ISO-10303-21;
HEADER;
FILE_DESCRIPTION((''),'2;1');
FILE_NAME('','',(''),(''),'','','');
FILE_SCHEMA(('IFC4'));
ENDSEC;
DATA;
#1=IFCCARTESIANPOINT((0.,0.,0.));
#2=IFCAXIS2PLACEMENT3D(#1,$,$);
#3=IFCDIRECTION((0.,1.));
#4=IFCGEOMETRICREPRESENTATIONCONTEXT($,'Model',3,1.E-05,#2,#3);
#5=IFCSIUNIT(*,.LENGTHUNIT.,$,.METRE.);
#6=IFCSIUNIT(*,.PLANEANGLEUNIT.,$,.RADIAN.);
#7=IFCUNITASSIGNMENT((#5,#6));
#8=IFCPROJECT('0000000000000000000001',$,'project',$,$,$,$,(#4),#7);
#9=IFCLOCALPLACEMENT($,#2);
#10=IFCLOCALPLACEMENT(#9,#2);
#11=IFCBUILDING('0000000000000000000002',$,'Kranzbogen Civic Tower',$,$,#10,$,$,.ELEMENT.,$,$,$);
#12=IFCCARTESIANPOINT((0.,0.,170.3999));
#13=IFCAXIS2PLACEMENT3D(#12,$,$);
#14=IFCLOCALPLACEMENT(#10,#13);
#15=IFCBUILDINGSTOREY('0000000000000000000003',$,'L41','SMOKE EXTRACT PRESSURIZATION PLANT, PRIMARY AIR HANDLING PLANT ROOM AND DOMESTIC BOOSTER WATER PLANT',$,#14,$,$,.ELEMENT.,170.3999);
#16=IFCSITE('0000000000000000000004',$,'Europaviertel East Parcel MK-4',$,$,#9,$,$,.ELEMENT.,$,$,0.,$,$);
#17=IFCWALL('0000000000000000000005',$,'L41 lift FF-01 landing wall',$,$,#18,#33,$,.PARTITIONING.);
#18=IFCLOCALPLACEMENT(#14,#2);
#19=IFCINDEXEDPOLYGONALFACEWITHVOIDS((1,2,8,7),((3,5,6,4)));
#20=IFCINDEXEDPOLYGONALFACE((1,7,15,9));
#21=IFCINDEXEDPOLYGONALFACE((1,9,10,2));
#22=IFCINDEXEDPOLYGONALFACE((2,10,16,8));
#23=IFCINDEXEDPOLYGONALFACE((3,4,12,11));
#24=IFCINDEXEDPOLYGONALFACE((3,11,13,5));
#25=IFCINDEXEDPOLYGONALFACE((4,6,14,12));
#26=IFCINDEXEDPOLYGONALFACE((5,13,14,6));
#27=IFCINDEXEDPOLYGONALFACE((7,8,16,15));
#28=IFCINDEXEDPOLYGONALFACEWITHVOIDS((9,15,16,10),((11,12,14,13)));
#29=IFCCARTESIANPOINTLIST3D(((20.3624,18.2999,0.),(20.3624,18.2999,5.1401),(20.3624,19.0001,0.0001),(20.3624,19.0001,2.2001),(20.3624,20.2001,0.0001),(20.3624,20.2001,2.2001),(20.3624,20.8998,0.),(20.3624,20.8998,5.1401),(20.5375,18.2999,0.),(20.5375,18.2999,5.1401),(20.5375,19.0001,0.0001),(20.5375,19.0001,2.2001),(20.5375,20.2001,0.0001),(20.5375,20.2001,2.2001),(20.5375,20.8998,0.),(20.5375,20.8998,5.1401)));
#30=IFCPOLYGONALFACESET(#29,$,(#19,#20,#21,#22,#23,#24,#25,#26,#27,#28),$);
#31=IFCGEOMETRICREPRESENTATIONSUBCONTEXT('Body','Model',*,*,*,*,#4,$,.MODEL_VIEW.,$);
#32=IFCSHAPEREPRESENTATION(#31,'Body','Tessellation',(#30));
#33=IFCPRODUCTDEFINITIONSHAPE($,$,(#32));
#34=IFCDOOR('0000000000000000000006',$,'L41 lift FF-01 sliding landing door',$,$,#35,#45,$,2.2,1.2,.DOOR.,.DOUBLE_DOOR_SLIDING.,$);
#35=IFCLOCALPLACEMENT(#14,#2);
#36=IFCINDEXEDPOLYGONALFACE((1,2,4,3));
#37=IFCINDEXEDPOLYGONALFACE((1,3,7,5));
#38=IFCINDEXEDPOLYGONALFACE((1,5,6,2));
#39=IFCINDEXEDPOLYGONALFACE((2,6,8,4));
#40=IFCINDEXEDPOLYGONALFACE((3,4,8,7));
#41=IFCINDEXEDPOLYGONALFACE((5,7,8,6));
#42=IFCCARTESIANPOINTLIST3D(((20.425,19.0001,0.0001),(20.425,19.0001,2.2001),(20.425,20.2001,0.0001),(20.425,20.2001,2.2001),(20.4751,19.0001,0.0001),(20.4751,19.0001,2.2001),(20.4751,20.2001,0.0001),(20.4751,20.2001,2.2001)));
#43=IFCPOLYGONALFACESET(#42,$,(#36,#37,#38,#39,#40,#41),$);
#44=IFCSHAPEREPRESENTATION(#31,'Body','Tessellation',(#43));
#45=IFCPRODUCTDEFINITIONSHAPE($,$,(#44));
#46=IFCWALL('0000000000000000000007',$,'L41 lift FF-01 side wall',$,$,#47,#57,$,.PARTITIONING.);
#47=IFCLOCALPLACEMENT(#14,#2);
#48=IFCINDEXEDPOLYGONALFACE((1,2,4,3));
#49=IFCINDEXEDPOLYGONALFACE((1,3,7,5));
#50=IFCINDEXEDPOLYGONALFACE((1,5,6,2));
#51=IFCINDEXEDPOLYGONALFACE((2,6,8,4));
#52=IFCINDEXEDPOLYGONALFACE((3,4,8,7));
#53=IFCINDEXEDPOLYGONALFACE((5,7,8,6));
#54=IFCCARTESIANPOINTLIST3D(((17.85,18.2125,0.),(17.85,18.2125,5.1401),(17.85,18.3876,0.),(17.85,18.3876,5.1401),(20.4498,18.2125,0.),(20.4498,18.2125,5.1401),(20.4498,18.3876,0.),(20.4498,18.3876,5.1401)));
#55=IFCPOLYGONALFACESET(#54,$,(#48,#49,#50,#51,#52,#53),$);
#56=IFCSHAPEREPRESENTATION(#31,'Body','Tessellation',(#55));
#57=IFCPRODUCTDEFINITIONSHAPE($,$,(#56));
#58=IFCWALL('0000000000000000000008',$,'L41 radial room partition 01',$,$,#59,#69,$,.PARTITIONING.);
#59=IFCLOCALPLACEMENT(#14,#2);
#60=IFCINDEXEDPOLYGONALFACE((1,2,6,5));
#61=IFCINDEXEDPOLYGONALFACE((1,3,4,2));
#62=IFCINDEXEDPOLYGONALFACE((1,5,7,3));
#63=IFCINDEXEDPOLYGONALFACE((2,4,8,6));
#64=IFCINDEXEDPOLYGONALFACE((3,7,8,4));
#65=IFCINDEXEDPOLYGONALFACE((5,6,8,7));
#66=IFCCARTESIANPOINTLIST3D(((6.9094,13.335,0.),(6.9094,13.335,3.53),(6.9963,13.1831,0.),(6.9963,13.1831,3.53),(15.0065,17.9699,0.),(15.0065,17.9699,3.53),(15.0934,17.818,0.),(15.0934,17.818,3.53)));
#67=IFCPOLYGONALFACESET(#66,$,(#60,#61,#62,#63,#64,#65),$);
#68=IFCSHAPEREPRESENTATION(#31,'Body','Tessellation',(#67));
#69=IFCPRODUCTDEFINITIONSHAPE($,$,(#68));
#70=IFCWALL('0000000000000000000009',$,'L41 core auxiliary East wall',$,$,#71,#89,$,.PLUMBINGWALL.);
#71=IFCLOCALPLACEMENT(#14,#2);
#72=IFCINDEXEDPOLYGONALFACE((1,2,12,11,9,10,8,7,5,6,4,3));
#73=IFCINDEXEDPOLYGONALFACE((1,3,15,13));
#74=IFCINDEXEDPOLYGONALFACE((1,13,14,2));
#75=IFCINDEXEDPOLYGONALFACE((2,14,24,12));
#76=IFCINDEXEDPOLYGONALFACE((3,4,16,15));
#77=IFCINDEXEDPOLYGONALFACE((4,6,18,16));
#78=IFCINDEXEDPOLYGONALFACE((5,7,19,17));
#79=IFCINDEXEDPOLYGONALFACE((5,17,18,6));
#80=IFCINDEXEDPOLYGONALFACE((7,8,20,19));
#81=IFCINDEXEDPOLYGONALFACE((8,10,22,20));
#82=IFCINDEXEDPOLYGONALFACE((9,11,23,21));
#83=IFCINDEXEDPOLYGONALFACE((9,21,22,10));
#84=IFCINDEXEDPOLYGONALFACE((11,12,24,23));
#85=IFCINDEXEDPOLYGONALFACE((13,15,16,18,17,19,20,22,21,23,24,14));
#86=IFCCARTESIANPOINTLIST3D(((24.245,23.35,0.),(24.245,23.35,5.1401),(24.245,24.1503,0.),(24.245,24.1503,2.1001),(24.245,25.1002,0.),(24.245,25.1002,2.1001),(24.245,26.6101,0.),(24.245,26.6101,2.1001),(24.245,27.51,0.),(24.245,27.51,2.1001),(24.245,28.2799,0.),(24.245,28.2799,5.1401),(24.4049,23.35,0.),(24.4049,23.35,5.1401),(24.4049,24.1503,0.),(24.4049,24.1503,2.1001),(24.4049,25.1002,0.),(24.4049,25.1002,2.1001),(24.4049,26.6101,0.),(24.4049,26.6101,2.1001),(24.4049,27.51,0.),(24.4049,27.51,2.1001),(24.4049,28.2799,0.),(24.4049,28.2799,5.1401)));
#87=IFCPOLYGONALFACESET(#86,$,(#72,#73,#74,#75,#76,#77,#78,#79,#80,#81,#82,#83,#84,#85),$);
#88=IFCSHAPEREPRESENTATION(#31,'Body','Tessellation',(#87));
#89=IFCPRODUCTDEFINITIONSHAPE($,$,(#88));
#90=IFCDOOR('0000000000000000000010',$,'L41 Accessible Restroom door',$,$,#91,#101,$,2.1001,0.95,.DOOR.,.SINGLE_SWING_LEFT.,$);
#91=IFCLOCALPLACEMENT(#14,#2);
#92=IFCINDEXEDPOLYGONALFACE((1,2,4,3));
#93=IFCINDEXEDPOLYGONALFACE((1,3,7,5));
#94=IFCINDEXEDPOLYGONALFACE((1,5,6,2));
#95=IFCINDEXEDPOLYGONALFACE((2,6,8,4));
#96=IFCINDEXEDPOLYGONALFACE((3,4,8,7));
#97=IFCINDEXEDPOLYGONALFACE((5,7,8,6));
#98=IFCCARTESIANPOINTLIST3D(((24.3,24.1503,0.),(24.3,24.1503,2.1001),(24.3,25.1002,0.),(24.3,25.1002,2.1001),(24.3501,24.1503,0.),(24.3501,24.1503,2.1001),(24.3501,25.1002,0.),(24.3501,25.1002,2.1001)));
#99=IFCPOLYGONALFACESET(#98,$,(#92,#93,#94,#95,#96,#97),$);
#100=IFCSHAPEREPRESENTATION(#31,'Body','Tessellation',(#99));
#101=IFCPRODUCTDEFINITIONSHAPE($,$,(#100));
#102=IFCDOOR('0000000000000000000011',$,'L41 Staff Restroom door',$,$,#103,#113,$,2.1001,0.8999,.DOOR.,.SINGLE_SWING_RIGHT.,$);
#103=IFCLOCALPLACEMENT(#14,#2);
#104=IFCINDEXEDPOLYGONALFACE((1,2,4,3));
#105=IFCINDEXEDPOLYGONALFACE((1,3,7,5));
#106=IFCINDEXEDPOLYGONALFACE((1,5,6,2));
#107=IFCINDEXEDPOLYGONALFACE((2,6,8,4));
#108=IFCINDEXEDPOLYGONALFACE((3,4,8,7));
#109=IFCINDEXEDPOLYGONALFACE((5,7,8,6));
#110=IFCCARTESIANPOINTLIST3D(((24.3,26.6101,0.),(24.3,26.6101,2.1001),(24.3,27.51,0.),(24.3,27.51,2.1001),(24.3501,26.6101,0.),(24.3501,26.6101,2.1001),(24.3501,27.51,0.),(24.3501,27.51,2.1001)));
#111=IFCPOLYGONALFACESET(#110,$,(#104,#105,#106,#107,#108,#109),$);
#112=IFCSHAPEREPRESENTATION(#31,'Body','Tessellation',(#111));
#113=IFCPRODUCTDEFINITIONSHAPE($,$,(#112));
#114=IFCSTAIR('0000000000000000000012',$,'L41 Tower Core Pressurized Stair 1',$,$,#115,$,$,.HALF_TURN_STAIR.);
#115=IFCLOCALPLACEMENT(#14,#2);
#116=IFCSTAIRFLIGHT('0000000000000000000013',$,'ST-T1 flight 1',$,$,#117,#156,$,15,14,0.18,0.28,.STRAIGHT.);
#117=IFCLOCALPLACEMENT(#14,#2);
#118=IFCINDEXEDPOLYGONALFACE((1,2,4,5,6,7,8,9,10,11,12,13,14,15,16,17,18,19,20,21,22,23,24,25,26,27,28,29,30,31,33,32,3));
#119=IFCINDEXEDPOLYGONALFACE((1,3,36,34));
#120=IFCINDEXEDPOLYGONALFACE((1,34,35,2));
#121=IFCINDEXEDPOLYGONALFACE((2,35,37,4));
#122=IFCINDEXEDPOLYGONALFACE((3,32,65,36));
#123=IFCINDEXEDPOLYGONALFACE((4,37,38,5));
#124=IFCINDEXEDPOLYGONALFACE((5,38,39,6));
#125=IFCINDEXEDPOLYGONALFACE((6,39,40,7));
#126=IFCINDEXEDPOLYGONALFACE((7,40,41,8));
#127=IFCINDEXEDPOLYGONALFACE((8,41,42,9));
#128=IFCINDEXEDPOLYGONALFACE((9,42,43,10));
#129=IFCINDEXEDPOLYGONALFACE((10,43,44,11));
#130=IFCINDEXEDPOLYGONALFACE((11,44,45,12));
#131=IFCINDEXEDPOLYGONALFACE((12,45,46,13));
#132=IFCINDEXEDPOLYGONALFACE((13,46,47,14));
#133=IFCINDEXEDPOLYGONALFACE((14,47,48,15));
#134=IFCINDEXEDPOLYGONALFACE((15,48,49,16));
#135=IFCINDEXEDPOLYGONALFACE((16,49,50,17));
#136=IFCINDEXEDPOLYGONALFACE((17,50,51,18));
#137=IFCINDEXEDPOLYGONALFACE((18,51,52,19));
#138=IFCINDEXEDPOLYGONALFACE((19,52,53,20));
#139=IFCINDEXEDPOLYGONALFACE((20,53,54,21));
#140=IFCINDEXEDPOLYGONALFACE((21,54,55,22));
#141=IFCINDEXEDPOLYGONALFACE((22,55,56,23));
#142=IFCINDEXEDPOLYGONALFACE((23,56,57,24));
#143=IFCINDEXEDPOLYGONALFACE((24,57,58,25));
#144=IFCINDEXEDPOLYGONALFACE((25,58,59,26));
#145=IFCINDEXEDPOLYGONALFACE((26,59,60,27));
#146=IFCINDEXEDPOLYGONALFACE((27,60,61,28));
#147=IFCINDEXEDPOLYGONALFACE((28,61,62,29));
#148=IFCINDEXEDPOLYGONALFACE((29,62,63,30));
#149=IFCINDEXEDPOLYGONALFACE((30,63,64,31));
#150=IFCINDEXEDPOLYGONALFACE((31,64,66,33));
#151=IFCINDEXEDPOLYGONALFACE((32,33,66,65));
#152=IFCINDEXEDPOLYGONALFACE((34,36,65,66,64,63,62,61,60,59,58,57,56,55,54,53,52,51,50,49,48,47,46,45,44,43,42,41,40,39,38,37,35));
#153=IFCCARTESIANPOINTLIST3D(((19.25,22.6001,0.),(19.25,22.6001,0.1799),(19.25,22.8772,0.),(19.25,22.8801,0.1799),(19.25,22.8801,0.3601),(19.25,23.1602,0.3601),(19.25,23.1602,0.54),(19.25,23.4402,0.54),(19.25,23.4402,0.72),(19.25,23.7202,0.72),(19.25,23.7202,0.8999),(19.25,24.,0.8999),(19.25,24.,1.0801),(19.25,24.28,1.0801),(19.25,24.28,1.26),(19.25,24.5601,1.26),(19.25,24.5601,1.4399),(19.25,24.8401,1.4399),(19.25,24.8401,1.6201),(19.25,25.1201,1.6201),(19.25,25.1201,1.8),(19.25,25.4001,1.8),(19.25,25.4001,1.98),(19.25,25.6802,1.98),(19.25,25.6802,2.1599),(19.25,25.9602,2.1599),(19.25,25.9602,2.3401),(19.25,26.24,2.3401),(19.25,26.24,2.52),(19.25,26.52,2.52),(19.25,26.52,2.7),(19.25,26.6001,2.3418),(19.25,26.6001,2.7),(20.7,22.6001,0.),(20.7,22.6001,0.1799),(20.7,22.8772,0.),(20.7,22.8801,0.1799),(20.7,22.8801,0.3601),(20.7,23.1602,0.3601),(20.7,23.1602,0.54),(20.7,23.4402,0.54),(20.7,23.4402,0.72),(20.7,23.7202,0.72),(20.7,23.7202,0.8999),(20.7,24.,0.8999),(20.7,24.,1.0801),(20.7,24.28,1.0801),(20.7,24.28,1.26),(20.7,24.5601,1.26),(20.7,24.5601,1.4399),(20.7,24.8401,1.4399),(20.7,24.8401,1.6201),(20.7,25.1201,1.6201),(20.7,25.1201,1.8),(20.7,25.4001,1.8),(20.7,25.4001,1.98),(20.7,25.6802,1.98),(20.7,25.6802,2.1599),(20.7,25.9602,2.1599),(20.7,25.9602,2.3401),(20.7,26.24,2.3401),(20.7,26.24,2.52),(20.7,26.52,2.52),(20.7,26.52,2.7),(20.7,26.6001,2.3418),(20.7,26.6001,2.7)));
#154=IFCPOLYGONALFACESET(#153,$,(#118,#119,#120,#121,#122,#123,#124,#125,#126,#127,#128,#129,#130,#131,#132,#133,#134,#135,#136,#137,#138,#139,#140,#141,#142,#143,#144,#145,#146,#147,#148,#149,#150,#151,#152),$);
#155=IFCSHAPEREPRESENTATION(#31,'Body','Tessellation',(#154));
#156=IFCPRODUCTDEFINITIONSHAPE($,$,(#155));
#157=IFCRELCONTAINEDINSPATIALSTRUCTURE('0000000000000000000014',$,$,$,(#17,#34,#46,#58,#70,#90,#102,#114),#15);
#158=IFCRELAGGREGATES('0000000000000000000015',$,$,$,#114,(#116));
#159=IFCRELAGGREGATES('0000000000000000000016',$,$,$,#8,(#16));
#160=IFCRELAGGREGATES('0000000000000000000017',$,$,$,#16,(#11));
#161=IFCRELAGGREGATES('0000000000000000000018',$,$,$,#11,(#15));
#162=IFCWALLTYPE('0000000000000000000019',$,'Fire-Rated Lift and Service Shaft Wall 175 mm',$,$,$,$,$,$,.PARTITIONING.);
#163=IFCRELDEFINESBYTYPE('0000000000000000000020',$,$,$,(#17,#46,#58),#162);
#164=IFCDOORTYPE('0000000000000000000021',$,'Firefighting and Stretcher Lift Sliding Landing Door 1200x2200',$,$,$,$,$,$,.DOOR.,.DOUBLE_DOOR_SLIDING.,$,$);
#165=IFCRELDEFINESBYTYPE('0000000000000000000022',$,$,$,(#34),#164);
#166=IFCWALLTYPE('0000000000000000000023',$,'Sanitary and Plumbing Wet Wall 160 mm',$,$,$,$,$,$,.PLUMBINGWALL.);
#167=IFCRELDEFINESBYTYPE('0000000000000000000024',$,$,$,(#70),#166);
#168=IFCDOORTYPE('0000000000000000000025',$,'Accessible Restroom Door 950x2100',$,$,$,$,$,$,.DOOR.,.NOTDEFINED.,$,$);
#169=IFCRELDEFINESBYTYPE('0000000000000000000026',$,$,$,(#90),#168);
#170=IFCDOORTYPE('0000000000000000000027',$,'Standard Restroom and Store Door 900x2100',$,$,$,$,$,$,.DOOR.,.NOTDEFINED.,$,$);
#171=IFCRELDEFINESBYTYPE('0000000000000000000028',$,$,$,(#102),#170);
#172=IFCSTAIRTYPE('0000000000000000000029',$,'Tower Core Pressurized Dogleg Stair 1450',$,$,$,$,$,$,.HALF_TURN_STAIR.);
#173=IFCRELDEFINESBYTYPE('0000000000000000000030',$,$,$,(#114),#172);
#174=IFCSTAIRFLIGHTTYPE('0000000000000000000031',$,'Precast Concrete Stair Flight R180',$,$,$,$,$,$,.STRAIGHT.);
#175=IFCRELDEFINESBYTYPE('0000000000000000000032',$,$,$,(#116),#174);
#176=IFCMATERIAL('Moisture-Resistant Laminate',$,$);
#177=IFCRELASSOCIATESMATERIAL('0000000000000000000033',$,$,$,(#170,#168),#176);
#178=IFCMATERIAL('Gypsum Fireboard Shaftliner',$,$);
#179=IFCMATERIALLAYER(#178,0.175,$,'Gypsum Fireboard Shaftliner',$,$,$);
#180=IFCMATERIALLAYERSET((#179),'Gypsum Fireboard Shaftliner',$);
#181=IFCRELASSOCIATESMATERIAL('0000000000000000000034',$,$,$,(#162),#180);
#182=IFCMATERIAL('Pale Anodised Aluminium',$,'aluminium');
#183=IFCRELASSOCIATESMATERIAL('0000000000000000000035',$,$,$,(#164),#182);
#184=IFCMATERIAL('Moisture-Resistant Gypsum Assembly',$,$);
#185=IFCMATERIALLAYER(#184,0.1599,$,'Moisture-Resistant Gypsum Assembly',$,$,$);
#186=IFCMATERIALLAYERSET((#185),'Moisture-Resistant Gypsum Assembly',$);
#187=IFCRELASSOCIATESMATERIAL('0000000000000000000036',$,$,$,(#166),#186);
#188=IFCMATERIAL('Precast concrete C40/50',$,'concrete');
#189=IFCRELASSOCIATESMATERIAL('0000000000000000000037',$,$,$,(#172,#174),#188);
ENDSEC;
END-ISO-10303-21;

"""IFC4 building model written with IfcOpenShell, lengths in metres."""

from ifc_helpers import new_model, si_unit, direction, frame, frame_2d, origin, place, context, subcontext, project, spatial, polyline, rectangle, outline, extrude, material, layer, layer_set, type_object, element, fill, aggregate, save


model = new_model("IFC4")

# Units and contexts
model_context = context("Model", 3, precision=1e-05, world=origin(), true_north=direction((0.0, 1.0)))
body_context = subcontext(model_context, "Body", "Model", "MODEL_VIEW")
ifc_project = project(units=[si_unit("LENGTHUNIT", "METRE"), si_unit("PLANEANGLEUNIT", "RADIAN")], contexts=[model_context])

# Site, building, storey
site_placement = place(None, origin())
site = spatial("IfcSite", under=ifc_project, at=site_placement, Name="Europaviertel East Parcel MK-4", CompositionType="ELEMENT", RefElevation=0.0)
building_placement = place(site_placement, origin())
building = spatial("IfcBuilding", under=site, at=building_placement, Name="Kranzbogen Civic Tower", CompositionType="ELEMENT")
storey_placement = place(building_placement, frame((0.0, 0.0, 170.3999)))
storey = spatial("IfcBuildingStorey", under=building, at=storey_placement, Name="L41", Description="SMOKE EXTRACT PRESSURIZATION PLANT, PRIMARY AIR HANDLING PLANT ROOM AND DOMESTIC BOOSTER WATER PLANT", CompositionType="ELEMENT", Elevation=170.3999)

# Shared definitions
ifc_material_1 = material(Name="Moisture-Resistant Laminate")
door_type_1 = type_object("IfcDoorType", Name="Standard Restroom and Store Door 900x2100", OperationType="NOTDEFINED", PredefinedType="DOOR", material=ifc_material_1)

# Wall, opening, door
ifc_material_2 = material(Name="Gypsum Fireboard Shaftliner")
ifc_layer_1 = layer(ifc_material_2, 0.175, Name="Gypsum Fireboard Shaftliner")
ifc_layer_set_1 = layer_set([ifc_layer_1], Name="Gypsum Fireboard Shaftliner")
wall_type_1 = type_object("IfcWallType", Name="Fire-Rated Lift and Service Shaft Wall 175 mm", PredefinedType="PARTITIONING", material=ifc_layer_set_1)
wall_1_placement = place(storey_placement, frame((20.45, 18.3, 0.0), z_axis=(0.0, 0.0, 1.0), x_axis=(0.0, 1.0, 0.0)))
wall_1 = element("IfcWall", 1, at=wall_1_placement, inside=storey, type_object=wall_type_1, Name="L41 lift FF-01 landing wall", PredefinedType="PARTITIONING", context=body_context, shape_type="SweptSolid", body=[
    extrude(rectangle(XDim=2.5999, YDim=0.175, at=frame_2d((1.2998, 0.0))), origin(), (0.0, 0.0, 1.0), 5.1401),
])
opening_1_placement = place(wall_1_placement, frame((0.7, 0.0, 0.0)))
opening_1 = element("IfcOpeningElement", 2, at=opening_1_placement, cuts=wall_1, PredefinedType="OPENING", context=body_context, shape_type="SweptSolid", body=[
    extrude(rectangle(XDim=1.2, YDim=2.2, at=frame_2d((0.6001, 1.1001))), frame((0.0, 0.0977, 0.0), z_axis=(0.0, -1.0, 0.0), x_axis=(1.0, 0.0, 0.0)), (0.0, 0.0, 1.0), 0.1951),
])
ifc_material_3 = material(Name="Pale Anodised Aluminium", Category="aluminium")
door_type_2 = type_object("IfcDoorType", Name="Firefighting and Stretcher Lift Sliding Landing Door 1200x2200", OperationType="DOUBLE_DOOR_SLIDING", PredefinedType="DOOR", material=ifc_material_3)
door_1_placement = place(opening_1_placement, origin())
door_1 = element("IfcDoor", 3, at=door_1_placement, inside=storey, type_object=door_type_2, Name="L41 lift FF-01 sliding landing door", OperationType="DOUBLE_DOOR_SLIDING", OverallHeight=2.2, OverallWidth=1.2, PredefinedType="DOOR", context=body_context, shape_type="SweptSolid", body=[
    extrude(rectangle(XDim=1.2, YDim=2.2, at=frame_2d((0.6001, 1.1001))), frame((0.0, 0.0249, 0.0), z_axis=(0.0, -1.0, 0.0), x_axis=(1.0, 0.0, 0.0)), (0.0, 0.0, 1.0), 0.05),
])
fill(opening_1, door_1)

# Walls
wall_2_placement = place(storey_placement, frame((17.8501, 18.3, 0.0), z_axis=(0.0, 0.0, 1.0), x_axis=(1.0, 0.0, 0.0)))
element("IfcWall", 4, at=wall_2_placement, inside=storey, type_object=wall_type_1, Name="L41 lift FF-01 side wall", PredefinedType="PARTITIONING", context=body_context, shape_type="SweptSolid", body=[
    extrude(rectangle(XDim=2.5999, YDim=0.175, at=frame_2d((1.2998, 0.0))), origin(), (0.0, 0.0, 1.0), 5.1401),
])
wall_3_placement = place(storey_placement, frame((15.05, 17.894, 0.0), z_axis=(0.0, 0.0, 1.0), x_axis=(-0.867871, -0.49679, 0.0)))
element("IfcWall", 5, at=wall_3_placement, inside=storey, type_object=wall_type_1, Name="L41 radial room partition 01", PredefinedType="PARTITIONING", context=body_context, shape_type="SweptSolid", body=[
    extrude(rectangle(XDim=9.3298, YDim=0.175, at=frame_2d((4.665, 0.0))), origin(), (0.0, 0.0, 1.0), 3.53),
])

# Wall, openings, doors
ifc_material_4 = material(Name="Moisture-Resistant Gypsum Assembly")
ifc_layer_2 = layer(ifc_material_4, 0.1599, Name="Moisture-Resistant Gypsum Assembly")
ifc_layer_set_2 = layer_set([ifc_layer_2], Name="Moisture-Resistant Gypsum Assembly")
wall_type_2 = type_object("IfcWallType", Name="Sanitary and Plumbing Wet Wall 160 mm", PredefinedType="PLUMBINGWALL", material=ifc_layer_set_2)
wall_4_placement = place(storey_placement, frame((24.325, 23.3501, 0.0), z_axis=(0.0, 0.0, 1.0), x_axis=(0.0, 1.0, 0.0)))
wall_4 = element("IfcWall", 6, at=wall_4_placement, inside=storey, type_object=wall_type_2, Name="L41 core auxiliary East wall", PredefinedType="PLUMBINGWALL", context=body_context, shape_type="SweptSolid", body=[
    extrude(rectangle(XDim=4.9299, YDim=0.1599, at=frame_2d((2.4648, 0.0))), origin(), (0.0, 0.0, 1.0), 5.1401),
])
opening_2_placement = place(wall_4_placement, frame((0.8, 0.0, 0.0)))
opening_2 = element("IfcOpeningElement", 7, at=opening_2_placement, cuts=wall_4, PredefinedType="OPENING", context=body_context, shape_type="SweptSolid", body=[
    extrude(rectangle(XDim=0.95, YDim=2.1001, at=frame_2d((0.4751, 1.05))), frame((0.0, 0.0898, 0.0), z_axis=(0.0, -1.0, 0.0), x_axis=(1.0, 0.0, 0.0)), (0.0, 0.0, 1.0), 0.1799),
])
opening_3_placement = place(wall_4_placement, frame((3.26, 0.0, 0.0)))
opening_3 = element("IfcOpeningElement", 8, at=opening_3_placement, cuts=wall_4, PredefinedType="OPENING", context=body_context, shape_type="SweptSolid", body=[
    extrude(rectangle(XDim=0.8999, YDim=2.1001, at=frame_2d((0.45, 1.05))), frame((0.0, 0.0898, 0.0), z_axis=(0.0, -1.0, 0.0), x_axis=(1.0, 0.0, 0.0)), (0.0, 0.0, 1.0), 0.1799),
])
door_type_3 = type_object("IfcDoorType", Name="Accessible Restroom Door 950x2100", OperationType="NOTDEFINED", PredefinedType="DOOR", material=ifc_material_1)
door_2_placement = place(opening_2_placement, origin())
door_2 = element("IfcDoor", 9, at=door_2_placement, inside=storey, type_object=door_type_3, Name="L41 Accessible Restroom door", OperationType="SINGLE_SWING_LEFT", OverallHeight=2.1001, OverallWidth=0.95, PredefinedType="DOOR", context=body_context, shape_type="SweptSolid", body=[
    extrude(rectangle(XDim=0.95, YDim=2.1001, at=frame_2d((0.4751, 1.05))), frame((0.0, 0.0249, 0.0), z_axis=(0.0, -1.0, 0.0), x_axis=(1.0, 0.0, 0.0)), (0.0, 0.0, 1.0), 0.05),
])
fill(opening_2, door_2)
door_3_placement = place(opening_3_placement, origin())
door_3 = element("IfcDoor", 10, at=door_3_placement, inside=storey, type_object=door_type_1, Name="L41 Staff Restroom door", OperationType="SINGLE_SWING_RIGHT", OverallHeight=2.1001, OverallWidth=0.8999, PredefinedType="DOOR", context=body_context, shape_type="SweptSolid", body=[
    extrude(rectangle(XDim=0.8999, YDim=2.1001, at=frame_2d((0.45, 1.05))), frame((0.0, 0.0249, 0.0), z_axis=(0.0, -1.0, 0.0), x_axis=(1.0, 0.0, 0.0)), (0.0, 0.0, 1.0), 0.05),
])
fill(opening_3, door_3)

# Stair, stair flight
ifc_material_5 = material(Name="Precast concrete C40/50", Category="concrete")
stair_type = type_object("IfcStairType", Name="Tower Core Pressurized Dogleg Stair 1450", PredefinedType="HALF_TURN_STAIR", material=ifc_material_5)
stair_placement = place(storey_placement, origin())
stair = element("IfcStair", 11, at=stair_placement, inside=storey, type_object=stair_type, Name="L41 Tower Core Pressurized Stair 1", PredefinedType="HALF_TURN_STAIR")
stair_flight_type = type_object("IfcStairFlightType", Name="Precast Concrete Stair Flight R180", PredefinedType="STRAIGHT", material=ifc_material_5)
stair_flight_placement = place(storey_placement, frame((19.9751, 22.6001, 0.0), z_axis=(0.0, 0.0, 1.0), x_axis=(0.0, 1.0, 0.0)))
stair_flight = element("IfcStairFlight", 12, at=stair_flight_placement, type_object=stair_flight_type, Name="ST-T1 flight 1", NumberOfRisers=15, NumberOfTreads=14, PredefinedType="STRAIGHT", RiserHeight=0.18, TreadLength=0.28, context=body_context, shape_type="SweptSolid", body=[
    extrude(outline(polyline([(0.0, 0.0), (0.0, 0.1799), (0.28, 0.1799), (0.28, 0.3601), (0.5601, 0.3601), (0.5601, 0.54), (0.8401, 0.54), (0.8401, 0.72), (1.1201, 0.72), (1.1201, 0.8999), (1.3999, 0.8999), (1.3999, 1.0801), (1.6799, 1.0801), (1.6799, 1.26), (1.96, 1.26), (1.96, 1.4399), (2.24, 1.4399), (2.24, 1.6201), (2.52, 1.6201), (2.52, 1.8), (2.8, 1.8), (2.8, 1.98), (3.0801, 1.98), (3.0801, 2.1599), (3.3601, 2.1599), (3.3601, 2.3401), (3.6399, 2.3401), (3.6399, 2.52), (3.9199, 2.52), (3.9199, 2.7), (4.0, 2.7), (4.0, 2.3418), (0.2771, 0.0), (0.0, 0.0)])), frame((0.0, 0.7251, 0.0), z_axis=(0.0, -1.0, 0.0), x_axis=(1.0, 0.0, 0.0)), (0.0, 0.0, 1.0), 1.45),
])
aggregate(stair, [stair_flight])

save(model, "model.ifc")
